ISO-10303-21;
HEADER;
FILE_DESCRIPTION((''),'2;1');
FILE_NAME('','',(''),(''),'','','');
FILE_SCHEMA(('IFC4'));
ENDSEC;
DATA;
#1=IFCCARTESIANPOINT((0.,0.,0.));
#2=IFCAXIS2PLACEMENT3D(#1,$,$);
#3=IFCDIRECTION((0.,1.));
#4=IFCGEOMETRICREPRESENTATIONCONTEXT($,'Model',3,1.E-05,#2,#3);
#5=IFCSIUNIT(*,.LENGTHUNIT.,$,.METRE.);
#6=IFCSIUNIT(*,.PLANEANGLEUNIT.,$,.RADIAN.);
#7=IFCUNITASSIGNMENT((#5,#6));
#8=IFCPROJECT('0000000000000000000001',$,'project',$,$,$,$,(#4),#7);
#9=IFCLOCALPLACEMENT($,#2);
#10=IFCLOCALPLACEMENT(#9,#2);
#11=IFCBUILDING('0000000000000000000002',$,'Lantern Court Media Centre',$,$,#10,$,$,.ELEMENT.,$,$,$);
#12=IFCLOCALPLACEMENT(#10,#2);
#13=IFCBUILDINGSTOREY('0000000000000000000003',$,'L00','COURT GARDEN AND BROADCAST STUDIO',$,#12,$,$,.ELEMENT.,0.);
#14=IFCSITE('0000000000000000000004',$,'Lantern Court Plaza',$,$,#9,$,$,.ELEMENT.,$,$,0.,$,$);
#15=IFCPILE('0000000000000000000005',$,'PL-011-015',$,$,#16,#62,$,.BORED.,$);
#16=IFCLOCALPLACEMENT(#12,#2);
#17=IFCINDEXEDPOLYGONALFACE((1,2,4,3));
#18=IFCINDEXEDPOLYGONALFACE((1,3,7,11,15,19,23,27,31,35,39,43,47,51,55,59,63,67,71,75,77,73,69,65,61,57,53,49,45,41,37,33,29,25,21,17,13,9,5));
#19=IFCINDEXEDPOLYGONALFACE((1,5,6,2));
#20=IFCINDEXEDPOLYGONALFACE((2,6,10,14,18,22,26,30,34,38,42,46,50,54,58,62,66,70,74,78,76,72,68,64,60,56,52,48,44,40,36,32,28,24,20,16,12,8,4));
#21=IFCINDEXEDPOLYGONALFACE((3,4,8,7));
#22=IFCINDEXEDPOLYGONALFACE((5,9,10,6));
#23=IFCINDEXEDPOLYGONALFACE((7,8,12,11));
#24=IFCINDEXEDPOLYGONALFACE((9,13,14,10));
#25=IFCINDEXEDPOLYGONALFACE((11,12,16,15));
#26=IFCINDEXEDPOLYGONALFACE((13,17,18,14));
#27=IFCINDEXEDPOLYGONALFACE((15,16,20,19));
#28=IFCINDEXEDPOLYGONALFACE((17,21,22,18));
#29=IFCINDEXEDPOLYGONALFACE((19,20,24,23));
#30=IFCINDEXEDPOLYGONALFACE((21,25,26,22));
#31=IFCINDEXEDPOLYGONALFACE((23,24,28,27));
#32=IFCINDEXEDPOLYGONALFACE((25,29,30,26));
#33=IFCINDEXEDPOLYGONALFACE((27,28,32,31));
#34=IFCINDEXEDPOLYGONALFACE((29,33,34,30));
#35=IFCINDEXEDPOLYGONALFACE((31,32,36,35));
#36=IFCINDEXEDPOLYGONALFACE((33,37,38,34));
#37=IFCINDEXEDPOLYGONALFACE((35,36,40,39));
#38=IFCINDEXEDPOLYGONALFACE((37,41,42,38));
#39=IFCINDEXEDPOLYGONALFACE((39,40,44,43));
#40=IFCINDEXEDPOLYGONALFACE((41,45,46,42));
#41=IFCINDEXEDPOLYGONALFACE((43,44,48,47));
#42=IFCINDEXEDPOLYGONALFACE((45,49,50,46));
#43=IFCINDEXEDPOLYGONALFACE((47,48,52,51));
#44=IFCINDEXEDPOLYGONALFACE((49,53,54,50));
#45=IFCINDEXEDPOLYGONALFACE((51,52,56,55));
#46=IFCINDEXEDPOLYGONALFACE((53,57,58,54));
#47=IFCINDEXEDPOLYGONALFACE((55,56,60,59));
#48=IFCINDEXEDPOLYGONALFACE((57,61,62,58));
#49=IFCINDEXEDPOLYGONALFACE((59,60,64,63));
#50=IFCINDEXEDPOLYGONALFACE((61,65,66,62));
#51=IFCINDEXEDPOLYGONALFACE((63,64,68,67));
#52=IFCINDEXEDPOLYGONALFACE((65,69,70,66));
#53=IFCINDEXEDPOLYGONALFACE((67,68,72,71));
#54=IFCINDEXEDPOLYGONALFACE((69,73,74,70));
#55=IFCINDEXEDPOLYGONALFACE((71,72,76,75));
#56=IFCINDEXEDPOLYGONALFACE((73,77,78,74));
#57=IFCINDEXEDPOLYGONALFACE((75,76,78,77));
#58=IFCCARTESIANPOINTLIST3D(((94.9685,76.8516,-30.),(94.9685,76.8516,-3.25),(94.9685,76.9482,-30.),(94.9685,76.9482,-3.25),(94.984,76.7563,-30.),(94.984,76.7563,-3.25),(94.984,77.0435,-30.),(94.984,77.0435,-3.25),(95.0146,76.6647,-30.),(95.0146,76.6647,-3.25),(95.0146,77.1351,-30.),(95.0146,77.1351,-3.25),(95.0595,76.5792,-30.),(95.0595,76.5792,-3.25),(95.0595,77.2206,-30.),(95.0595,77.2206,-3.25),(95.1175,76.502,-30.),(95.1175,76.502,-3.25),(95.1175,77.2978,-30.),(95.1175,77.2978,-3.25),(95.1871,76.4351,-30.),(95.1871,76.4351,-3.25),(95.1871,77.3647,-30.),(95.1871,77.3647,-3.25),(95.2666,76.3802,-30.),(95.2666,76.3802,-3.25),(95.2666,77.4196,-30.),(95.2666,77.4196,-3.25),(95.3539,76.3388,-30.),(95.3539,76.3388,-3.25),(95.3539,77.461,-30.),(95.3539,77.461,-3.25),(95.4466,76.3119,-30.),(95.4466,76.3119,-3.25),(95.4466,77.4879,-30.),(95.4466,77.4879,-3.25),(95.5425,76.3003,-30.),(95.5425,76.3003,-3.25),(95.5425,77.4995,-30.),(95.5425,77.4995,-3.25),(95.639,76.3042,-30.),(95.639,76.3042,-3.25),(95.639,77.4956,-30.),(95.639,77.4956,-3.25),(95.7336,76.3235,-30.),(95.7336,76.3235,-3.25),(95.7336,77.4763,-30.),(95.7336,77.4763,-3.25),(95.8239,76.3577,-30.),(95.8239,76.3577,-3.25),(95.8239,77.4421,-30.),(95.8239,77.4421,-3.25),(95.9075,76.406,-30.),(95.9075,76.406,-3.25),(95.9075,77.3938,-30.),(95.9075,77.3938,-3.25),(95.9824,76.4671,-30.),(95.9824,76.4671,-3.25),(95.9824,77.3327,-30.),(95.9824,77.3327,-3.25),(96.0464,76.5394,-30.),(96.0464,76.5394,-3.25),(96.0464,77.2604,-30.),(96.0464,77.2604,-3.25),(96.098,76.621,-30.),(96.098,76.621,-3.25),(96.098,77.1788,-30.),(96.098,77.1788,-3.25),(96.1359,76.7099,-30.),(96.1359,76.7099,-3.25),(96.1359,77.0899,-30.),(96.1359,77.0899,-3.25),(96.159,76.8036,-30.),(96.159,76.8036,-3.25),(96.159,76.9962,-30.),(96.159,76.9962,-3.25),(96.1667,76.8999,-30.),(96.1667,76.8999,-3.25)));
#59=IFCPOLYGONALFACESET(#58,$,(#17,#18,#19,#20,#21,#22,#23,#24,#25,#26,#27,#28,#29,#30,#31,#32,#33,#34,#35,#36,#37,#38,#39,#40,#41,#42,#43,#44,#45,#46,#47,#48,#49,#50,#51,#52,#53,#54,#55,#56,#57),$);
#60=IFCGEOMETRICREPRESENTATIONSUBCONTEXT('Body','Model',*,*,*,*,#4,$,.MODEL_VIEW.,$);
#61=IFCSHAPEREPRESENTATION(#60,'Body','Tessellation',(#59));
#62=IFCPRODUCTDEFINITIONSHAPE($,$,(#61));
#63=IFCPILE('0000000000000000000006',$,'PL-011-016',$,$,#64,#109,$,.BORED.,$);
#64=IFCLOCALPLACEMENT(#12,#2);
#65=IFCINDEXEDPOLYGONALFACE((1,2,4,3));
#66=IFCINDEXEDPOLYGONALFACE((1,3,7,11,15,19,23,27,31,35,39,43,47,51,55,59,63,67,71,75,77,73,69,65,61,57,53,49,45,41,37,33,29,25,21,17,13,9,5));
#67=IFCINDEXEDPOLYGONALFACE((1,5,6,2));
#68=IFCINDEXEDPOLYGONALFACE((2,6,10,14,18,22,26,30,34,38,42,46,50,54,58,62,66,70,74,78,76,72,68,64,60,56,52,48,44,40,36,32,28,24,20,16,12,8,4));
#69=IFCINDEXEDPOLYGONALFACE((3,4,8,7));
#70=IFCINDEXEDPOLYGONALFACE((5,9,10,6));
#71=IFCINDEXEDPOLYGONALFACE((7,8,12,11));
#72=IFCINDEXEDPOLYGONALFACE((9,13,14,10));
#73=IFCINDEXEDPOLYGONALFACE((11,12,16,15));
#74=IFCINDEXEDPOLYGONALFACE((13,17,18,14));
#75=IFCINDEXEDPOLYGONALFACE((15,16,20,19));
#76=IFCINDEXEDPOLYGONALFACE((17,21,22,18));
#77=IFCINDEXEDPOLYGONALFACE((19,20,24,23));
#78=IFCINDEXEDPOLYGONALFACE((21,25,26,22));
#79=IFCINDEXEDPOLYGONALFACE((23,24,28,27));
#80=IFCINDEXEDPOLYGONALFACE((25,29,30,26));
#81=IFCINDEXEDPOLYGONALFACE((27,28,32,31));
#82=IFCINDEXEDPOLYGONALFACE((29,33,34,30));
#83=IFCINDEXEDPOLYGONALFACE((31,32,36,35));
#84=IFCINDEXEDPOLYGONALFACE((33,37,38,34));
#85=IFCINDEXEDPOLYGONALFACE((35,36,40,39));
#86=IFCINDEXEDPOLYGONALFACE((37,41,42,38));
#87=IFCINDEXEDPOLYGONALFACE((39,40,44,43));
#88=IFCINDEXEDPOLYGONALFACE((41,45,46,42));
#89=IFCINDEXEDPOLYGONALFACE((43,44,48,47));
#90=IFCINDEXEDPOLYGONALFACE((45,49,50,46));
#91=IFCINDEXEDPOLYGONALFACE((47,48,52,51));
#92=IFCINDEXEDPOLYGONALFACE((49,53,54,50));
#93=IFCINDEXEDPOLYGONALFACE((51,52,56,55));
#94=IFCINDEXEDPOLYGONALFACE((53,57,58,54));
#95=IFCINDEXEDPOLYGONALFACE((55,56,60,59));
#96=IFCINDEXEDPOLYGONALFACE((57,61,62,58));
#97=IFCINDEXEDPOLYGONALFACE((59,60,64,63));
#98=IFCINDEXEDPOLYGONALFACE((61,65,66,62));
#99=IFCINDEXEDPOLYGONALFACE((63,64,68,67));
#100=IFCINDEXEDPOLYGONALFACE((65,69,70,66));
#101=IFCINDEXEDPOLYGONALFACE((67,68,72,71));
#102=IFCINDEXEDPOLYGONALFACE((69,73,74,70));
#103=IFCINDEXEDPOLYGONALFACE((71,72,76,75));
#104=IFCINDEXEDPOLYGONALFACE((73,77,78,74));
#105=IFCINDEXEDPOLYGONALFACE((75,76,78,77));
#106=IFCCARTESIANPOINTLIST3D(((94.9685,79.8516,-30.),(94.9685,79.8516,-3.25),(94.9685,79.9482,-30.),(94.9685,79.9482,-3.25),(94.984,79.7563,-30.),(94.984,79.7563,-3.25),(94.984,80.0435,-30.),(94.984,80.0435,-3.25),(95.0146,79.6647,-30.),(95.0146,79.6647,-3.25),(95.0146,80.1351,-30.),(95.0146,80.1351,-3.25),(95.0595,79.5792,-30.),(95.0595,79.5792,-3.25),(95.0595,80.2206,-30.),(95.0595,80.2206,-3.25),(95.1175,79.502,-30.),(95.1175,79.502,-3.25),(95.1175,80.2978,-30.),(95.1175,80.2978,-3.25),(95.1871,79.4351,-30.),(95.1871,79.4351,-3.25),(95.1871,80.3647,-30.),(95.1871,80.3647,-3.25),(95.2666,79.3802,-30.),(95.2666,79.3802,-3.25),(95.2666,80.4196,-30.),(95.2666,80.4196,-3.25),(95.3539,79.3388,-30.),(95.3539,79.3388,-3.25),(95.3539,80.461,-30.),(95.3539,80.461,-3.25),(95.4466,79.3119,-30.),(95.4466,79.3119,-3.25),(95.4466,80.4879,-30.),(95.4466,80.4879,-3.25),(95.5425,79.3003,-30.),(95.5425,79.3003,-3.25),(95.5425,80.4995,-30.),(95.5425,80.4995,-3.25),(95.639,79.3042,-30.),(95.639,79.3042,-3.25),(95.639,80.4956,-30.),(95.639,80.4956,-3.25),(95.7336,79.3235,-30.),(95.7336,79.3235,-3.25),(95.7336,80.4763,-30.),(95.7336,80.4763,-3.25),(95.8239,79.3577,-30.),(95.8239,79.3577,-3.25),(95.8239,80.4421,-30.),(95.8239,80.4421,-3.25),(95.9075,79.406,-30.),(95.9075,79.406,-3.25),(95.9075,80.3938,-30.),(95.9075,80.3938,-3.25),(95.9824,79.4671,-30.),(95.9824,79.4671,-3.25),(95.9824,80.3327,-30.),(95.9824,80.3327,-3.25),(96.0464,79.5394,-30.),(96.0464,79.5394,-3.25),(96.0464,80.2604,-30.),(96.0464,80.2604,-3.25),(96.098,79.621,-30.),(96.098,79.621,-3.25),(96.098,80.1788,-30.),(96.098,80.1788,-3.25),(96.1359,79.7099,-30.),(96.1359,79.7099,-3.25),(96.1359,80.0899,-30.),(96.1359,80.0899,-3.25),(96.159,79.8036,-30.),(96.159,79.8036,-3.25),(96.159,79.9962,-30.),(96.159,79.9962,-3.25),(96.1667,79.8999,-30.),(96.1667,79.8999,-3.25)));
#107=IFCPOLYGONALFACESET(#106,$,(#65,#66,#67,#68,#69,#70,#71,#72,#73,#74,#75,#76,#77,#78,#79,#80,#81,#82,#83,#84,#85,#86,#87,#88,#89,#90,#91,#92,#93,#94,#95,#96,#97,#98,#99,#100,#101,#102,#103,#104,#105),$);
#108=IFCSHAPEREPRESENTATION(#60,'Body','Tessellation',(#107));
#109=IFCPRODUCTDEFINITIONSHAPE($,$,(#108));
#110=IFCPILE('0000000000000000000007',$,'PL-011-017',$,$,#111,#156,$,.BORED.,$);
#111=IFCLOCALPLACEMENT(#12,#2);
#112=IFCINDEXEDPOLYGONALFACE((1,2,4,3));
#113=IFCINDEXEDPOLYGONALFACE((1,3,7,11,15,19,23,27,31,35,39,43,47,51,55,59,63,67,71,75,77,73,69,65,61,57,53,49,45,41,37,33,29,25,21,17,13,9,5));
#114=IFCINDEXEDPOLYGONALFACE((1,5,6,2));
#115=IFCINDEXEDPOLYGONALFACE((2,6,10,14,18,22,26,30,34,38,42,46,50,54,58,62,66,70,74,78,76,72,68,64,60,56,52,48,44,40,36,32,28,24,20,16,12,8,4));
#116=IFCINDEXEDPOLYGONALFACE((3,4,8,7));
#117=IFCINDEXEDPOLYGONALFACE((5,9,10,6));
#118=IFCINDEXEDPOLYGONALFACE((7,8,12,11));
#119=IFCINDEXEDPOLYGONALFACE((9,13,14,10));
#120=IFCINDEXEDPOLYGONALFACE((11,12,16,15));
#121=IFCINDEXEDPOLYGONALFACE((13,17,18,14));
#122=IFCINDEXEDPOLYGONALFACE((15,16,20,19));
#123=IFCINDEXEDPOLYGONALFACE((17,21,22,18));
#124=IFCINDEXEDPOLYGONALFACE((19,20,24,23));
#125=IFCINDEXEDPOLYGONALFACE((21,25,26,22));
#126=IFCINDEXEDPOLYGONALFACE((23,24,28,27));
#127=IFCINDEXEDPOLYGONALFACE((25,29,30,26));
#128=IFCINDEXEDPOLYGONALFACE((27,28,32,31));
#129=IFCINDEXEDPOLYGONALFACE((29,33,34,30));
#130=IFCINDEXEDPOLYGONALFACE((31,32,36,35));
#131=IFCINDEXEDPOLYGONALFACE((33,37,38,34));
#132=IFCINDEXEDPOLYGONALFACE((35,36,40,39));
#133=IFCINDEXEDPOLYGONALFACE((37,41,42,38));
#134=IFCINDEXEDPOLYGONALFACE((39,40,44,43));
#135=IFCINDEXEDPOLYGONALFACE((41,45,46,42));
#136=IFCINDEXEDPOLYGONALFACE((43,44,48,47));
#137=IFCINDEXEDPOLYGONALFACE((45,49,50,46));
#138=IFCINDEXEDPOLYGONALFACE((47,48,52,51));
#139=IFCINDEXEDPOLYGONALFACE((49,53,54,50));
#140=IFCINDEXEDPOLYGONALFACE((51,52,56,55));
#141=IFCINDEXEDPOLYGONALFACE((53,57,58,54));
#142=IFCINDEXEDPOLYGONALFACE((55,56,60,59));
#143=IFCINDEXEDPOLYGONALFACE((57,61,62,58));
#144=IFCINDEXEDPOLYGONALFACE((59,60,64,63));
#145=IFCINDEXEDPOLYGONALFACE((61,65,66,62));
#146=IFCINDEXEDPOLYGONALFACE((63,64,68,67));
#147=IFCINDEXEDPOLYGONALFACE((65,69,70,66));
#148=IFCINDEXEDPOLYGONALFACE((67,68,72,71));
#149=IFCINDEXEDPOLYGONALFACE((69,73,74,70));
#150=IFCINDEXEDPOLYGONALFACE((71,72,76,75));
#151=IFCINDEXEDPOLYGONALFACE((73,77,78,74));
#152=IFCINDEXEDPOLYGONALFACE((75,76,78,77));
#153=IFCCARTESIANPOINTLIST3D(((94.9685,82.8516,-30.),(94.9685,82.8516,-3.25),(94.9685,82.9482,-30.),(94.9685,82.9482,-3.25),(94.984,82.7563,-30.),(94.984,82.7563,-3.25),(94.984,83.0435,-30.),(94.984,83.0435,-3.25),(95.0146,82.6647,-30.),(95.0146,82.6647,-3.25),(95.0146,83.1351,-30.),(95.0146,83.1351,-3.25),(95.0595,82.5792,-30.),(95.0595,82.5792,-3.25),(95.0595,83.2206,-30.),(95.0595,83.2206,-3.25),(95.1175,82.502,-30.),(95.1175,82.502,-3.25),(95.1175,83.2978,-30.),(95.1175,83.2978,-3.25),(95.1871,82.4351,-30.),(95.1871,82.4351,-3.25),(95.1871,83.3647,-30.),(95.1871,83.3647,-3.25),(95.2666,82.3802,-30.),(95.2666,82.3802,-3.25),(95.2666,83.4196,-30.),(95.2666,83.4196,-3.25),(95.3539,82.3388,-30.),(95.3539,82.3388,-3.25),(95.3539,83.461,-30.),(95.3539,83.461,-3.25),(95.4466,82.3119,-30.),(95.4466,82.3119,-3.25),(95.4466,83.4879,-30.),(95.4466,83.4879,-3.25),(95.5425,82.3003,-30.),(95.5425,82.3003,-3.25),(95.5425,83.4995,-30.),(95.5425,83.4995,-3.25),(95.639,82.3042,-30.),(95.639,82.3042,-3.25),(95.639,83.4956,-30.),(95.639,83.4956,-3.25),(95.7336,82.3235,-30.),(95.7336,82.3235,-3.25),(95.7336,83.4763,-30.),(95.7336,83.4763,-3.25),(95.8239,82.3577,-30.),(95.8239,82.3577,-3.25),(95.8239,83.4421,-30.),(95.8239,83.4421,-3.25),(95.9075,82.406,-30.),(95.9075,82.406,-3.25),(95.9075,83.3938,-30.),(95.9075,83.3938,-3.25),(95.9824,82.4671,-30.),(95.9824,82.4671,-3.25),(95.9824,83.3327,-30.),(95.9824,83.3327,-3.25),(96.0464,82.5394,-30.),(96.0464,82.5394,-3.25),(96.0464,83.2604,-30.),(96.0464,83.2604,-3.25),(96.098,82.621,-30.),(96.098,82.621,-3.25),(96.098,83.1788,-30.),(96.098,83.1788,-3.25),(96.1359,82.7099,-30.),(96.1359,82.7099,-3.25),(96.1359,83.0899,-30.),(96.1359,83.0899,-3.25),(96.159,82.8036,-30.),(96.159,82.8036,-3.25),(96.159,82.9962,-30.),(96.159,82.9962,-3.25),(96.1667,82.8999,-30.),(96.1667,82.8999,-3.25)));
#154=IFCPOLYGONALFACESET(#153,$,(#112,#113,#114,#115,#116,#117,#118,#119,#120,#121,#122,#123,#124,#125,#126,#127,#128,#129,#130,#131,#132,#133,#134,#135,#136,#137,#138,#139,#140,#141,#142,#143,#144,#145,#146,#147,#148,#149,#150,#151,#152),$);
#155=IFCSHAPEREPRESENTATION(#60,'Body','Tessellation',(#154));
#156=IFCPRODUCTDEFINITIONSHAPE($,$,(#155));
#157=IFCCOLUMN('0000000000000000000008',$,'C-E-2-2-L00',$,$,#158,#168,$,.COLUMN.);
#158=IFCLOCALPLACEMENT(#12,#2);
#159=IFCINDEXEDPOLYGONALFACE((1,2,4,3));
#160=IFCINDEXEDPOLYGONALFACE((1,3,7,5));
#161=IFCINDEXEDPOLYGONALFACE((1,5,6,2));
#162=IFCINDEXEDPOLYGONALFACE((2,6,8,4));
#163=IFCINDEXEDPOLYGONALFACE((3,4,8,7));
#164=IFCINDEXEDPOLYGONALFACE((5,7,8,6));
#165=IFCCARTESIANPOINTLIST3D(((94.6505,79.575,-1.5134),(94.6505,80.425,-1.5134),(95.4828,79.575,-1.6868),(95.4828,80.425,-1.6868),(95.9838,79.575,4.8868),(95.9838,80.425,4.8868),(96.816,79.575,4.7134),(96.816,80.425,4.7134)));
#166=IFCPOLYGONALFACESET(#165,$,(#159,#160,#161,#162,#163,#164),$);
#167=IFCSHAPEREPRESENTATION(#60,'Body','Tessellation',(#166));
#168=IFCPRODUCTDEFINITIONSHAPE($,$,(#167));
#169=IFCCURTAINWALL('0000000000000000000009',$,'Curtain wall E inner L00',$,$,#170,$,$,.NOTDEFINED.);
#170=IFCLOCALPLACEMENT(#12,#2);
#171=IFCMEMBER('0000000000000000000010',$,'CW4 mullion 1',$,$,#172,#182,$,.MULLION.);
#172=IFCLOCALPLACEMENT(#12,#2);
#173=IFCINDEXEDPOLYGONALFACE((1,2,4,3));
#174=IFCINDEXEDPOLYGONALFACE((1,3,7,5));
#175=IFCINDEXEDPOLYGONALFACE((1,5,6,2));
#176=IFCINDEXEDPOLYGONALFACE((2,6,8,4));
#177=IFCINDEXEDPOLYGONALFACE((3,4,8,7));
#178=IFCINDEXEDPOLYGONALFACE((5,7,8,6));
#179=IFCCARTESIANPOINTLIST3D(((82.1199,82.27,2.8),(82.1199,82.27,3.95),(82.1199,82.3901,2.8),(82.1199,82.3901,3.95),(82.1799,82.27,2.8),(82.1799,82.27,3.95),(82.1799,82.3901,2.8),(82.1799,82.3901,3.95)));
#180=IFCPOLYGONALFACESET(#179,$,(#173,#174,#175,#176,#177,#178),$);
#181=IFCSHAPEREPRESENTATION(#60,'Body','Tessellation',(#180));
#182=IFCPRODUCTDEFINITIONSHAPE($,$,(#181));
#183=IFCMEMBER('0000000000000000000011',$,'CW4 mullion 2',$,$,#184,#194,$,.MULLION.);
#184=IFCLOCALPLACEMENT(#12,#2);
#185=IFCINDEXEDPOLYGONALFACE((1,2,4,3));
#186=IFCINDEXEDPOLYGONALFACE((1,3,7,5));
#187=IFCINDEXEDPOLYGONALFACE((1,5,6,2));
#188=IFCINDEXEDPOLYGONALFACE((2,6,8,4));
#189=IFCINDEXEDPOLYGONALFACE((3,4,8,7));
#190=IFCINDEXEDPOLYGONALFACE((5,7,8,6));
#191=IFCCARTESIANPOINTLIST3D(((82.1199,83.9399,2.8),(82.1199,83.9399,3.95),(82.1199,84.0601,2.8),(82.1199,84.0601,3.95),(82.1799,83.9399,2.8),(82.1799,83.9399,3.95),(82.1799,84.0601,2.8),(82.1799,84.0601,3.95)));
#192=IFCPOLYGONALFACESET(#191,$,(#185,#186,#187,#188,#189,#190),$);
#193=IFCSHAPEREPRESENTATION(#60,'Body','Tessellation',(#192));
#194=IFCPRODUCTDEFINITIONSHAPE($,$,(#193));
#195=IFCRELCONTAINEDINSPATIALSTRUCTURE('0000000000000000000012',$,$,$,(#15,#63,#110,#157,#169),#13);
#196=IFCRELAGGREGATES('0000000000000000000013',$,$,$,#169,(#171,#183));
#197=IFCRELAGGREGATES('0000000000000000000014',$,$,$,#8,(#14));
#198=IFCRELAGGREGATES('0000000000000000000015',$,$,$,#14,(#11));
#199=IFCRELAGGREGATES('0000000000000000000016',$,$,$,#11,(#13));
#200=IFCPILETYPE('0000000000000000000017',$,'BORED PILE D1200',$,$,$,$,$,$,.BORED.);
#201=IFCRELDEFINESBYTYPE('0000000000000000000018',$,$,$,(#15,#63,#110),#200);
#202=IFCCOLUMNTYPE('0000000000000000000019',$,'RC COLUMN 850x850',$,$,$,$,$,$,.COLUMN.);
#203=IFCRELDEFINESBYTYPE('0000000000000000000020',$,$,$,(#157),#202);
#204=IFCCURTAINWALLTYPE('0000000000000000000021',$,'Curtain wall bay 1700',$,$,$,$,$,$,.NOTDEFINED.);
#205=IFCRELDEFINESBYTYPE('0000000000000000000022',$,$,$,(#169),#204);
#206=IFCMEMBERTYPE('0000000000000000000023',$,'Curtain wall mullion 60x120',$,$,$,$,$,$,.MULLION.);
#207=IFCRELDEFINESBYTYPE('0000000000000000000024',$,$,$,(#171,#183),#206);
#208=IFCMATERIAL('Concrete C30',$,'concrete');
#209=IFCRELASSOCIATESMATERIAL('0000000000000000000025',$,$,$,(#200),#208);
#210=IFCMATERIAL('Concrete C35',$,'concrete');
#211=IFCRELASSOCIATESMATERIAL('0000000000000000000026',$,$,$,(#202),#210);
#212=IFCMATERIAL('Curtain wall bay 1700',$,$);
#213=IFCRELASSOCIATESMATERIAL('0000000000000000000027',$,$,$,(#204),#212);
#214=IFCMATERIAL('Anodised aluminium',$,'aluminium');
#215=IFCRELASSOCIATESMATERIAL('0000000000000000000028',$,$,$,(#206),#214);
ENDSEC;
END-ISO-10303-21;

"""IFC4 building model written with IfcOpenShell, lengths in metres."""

from ifc_helpers import new_model, si_unit, direction, frame, origin, origin_2d, place, context, subcontext, project, spatial, rectangle, circle, extrude, material, material_profile, profile_set, type_object, element, aggregate, save


model = new_model("IFC4")

# Units and contexts
model_context = context("Model", 3, precision=1e-05, world=origin(), true_north=direction((0.0, 1.0)))
body_context = subcontext(model_context, "Body", "Model", "MODEL_VIEW")
ifc_project = project(units=[si_unit("LENGTHUNIT", "METRE"), si_unit("PLANEANGLEUNIT", "RADIAN")], contexts=[model_context])

# Site, building, storey
site_placement = place(None, origin())
site = spatial("IfcSite", under=ifc_project, at=site_placement, Name="Lantern Court Plaza", CompositionType="ELEMENT", RefElevation=0.0)
building_placement = place(site_placement, origin())
building = spatial("IfcBuilding", under=site, at=building_placement, Name="Lantern Court Media Centre", CompositionType="ELEMENT")
storey_placement = place(building_placement, origin())
storey = spatial("IfcBuildingStorey", under=building, at=storey_placement, Name="L00", Description="COURT GARDEN AND BROADCAST STUDIO", CompositionType="ELEMENT", Elevation=0.0)

# Piles
ifc_material_1 = material(Name="Concrete C30", Category="concrete")
ifc_material_profile_1 = material_profile(ifc_material_1, circle(Radius=0.6001, at=origin_2d()), Name="D1200")
ifc_profile_set_1 = profile_set([ifc_material_profile_1], Name="Concrete C30")
pile_type = type_object("IfcPileType", Name="BORED PILE D1200", PredefinedType="BORED", material=ifc_profile_set_1)
for number, where, z_axis, x_axis, name in (
    (1, (95.5667, 76.8999, -3.25), (0.0, 0.0, -1.0), (1.0, 0.0, 0.0), "PL-011-015"),
    (2, (95.5667, 79.8999, -3.25), (0.0, 0.0, -1.0), (1.0, 0.0, 0.0), "PL-011-016"),
    (3, (95.5667, 82.8999, -3.25), (0.0, 0.0, -1.0), (1.0, 0.0, 0.0), "PL-011-017"),
):
    element("IfcPile", number, at=place(storey_placement, frame(where, z_axis=z_axis, x_axis=x_axis)), inside=storey, type_object=pile_type, Name=name, PredefinedType="BORED", context=body_context, shape_type="SweptSolid", body=[
        extrude(circle(Radius=0.6001, at=origin_2d()), origin(), (0.0, 0.0, 1.0), 26.75),
    ])

# Column
ifc_material_2 = material(Name="Concrete C35", Category="concrete")
ifc_material_profile_2 = material_profile(ifc_material_2, rectangle(XDim=0.8501, YDim=0.8501, at=origin_2d()), Name="RC 850x850")
ifc_profile_set_2 = profile_set([ifc_material_profile_2], Name="Concrete C35")
column_type = type_object("IfcColumnType", Name="RC COLUMN 850x850", PredefinedType="COLUMN", material=ifc_profile_set_2)
column_placement = place(storey_placement, frame((95.0667, 80.0, -1.6001), z_axis=(0.203938, 0.0, 0.978984), x_axis=(0.0, 1.0, 0.0)))
element("IfcColumn", 4, at=column_placement, inside=storey, type_object=column_type, Name="C-E-2-2-L00", PredefinedType="COLUMN", context=body_context, shape_type="SweptSolid", body=[
    extrude(rectangle(XDim=0.8501, YDim=0.8501, at=origin_2d()), origin(), (0.0, 0.0, 1.0), 6.5376),
])

# Curtain wall, members
ifc_material_3 = material(Name="Curtain wall bay 1700")
curtain_wall_type_1 = type_object("IfcCurtainWallType", Name="Curtain wall bay 1700", PredefinedType="NOTDEFINED", material=ifc_material_3)
curtain_wall_1_placement = place(storey_placement, origin())
curtain_wall_1 = element("IfcCurtainWall", 5, at=curtain_wall_1_placement, inside=storey, type_object=curtain_wall_type_1, Name="Curtain wall E inner L00", PredefinedType="NOTDEFINED")
ifc_material_4 = material(Name="Anodised aluminium", Category="aluminium")
ifc_material_profile_3 = material_profile(ifc_material_4, rectangle(XDim=0.0601, YDim=0.1201, at=origin_2d()), Name="AL 60x120")
ifc_profile_set_3 = profile_set([ifc_material_profile_3], Name="Anodised aluminium")
member_type_1 = type_object("IfcMemberType", Name="Curtain wall mullion 60x120", PredefinedType="MULLION", material=ifc_profile_set_3)
member_1_placement = place(storey_placement, frame((82.1499, 82.3301, 2.8), z_axis=(0.0, 0.0, 1.0), x_axis=(-1.0, 0.0, 0.0)))
member_1 = element("IfcMember", 6, at=member_1_placement, type_object=member_type_1, Name="CW4 mullion 1", PredefinedType="MULLION", context=body_context, shape_type="SweptSolid", body=[
    extrude(rectangle(XDim=0.0601, YDim=0.1201, at=origin_2d()), origin(), (0.0, 0.0, 1.0), 1.1499),
])
member_2_placement = place(storey_placement, frame((82.1499, 84.0, 2.8), z_axis=(0.0, 0.0, 1.0), x_axis=(-1.0, 0.0, 0.0)))
member_2 = element("IfcMember", 7, at=member_2_placement, type_object=member_type_1, Name="CW4 mullion 2", PredefinedType="MULLION", context=body_context, shape_type="SweptSolid", body=[
    extrude(rectangle(XDim=0.0601, YDim=0.1201, at=origin_2d()), origin(), (0.0, 0.0, 1.0), 1.1499),
])

aggregate(curtain_wall_1, [member_1, member_2])

save(model, "model.ifc")
